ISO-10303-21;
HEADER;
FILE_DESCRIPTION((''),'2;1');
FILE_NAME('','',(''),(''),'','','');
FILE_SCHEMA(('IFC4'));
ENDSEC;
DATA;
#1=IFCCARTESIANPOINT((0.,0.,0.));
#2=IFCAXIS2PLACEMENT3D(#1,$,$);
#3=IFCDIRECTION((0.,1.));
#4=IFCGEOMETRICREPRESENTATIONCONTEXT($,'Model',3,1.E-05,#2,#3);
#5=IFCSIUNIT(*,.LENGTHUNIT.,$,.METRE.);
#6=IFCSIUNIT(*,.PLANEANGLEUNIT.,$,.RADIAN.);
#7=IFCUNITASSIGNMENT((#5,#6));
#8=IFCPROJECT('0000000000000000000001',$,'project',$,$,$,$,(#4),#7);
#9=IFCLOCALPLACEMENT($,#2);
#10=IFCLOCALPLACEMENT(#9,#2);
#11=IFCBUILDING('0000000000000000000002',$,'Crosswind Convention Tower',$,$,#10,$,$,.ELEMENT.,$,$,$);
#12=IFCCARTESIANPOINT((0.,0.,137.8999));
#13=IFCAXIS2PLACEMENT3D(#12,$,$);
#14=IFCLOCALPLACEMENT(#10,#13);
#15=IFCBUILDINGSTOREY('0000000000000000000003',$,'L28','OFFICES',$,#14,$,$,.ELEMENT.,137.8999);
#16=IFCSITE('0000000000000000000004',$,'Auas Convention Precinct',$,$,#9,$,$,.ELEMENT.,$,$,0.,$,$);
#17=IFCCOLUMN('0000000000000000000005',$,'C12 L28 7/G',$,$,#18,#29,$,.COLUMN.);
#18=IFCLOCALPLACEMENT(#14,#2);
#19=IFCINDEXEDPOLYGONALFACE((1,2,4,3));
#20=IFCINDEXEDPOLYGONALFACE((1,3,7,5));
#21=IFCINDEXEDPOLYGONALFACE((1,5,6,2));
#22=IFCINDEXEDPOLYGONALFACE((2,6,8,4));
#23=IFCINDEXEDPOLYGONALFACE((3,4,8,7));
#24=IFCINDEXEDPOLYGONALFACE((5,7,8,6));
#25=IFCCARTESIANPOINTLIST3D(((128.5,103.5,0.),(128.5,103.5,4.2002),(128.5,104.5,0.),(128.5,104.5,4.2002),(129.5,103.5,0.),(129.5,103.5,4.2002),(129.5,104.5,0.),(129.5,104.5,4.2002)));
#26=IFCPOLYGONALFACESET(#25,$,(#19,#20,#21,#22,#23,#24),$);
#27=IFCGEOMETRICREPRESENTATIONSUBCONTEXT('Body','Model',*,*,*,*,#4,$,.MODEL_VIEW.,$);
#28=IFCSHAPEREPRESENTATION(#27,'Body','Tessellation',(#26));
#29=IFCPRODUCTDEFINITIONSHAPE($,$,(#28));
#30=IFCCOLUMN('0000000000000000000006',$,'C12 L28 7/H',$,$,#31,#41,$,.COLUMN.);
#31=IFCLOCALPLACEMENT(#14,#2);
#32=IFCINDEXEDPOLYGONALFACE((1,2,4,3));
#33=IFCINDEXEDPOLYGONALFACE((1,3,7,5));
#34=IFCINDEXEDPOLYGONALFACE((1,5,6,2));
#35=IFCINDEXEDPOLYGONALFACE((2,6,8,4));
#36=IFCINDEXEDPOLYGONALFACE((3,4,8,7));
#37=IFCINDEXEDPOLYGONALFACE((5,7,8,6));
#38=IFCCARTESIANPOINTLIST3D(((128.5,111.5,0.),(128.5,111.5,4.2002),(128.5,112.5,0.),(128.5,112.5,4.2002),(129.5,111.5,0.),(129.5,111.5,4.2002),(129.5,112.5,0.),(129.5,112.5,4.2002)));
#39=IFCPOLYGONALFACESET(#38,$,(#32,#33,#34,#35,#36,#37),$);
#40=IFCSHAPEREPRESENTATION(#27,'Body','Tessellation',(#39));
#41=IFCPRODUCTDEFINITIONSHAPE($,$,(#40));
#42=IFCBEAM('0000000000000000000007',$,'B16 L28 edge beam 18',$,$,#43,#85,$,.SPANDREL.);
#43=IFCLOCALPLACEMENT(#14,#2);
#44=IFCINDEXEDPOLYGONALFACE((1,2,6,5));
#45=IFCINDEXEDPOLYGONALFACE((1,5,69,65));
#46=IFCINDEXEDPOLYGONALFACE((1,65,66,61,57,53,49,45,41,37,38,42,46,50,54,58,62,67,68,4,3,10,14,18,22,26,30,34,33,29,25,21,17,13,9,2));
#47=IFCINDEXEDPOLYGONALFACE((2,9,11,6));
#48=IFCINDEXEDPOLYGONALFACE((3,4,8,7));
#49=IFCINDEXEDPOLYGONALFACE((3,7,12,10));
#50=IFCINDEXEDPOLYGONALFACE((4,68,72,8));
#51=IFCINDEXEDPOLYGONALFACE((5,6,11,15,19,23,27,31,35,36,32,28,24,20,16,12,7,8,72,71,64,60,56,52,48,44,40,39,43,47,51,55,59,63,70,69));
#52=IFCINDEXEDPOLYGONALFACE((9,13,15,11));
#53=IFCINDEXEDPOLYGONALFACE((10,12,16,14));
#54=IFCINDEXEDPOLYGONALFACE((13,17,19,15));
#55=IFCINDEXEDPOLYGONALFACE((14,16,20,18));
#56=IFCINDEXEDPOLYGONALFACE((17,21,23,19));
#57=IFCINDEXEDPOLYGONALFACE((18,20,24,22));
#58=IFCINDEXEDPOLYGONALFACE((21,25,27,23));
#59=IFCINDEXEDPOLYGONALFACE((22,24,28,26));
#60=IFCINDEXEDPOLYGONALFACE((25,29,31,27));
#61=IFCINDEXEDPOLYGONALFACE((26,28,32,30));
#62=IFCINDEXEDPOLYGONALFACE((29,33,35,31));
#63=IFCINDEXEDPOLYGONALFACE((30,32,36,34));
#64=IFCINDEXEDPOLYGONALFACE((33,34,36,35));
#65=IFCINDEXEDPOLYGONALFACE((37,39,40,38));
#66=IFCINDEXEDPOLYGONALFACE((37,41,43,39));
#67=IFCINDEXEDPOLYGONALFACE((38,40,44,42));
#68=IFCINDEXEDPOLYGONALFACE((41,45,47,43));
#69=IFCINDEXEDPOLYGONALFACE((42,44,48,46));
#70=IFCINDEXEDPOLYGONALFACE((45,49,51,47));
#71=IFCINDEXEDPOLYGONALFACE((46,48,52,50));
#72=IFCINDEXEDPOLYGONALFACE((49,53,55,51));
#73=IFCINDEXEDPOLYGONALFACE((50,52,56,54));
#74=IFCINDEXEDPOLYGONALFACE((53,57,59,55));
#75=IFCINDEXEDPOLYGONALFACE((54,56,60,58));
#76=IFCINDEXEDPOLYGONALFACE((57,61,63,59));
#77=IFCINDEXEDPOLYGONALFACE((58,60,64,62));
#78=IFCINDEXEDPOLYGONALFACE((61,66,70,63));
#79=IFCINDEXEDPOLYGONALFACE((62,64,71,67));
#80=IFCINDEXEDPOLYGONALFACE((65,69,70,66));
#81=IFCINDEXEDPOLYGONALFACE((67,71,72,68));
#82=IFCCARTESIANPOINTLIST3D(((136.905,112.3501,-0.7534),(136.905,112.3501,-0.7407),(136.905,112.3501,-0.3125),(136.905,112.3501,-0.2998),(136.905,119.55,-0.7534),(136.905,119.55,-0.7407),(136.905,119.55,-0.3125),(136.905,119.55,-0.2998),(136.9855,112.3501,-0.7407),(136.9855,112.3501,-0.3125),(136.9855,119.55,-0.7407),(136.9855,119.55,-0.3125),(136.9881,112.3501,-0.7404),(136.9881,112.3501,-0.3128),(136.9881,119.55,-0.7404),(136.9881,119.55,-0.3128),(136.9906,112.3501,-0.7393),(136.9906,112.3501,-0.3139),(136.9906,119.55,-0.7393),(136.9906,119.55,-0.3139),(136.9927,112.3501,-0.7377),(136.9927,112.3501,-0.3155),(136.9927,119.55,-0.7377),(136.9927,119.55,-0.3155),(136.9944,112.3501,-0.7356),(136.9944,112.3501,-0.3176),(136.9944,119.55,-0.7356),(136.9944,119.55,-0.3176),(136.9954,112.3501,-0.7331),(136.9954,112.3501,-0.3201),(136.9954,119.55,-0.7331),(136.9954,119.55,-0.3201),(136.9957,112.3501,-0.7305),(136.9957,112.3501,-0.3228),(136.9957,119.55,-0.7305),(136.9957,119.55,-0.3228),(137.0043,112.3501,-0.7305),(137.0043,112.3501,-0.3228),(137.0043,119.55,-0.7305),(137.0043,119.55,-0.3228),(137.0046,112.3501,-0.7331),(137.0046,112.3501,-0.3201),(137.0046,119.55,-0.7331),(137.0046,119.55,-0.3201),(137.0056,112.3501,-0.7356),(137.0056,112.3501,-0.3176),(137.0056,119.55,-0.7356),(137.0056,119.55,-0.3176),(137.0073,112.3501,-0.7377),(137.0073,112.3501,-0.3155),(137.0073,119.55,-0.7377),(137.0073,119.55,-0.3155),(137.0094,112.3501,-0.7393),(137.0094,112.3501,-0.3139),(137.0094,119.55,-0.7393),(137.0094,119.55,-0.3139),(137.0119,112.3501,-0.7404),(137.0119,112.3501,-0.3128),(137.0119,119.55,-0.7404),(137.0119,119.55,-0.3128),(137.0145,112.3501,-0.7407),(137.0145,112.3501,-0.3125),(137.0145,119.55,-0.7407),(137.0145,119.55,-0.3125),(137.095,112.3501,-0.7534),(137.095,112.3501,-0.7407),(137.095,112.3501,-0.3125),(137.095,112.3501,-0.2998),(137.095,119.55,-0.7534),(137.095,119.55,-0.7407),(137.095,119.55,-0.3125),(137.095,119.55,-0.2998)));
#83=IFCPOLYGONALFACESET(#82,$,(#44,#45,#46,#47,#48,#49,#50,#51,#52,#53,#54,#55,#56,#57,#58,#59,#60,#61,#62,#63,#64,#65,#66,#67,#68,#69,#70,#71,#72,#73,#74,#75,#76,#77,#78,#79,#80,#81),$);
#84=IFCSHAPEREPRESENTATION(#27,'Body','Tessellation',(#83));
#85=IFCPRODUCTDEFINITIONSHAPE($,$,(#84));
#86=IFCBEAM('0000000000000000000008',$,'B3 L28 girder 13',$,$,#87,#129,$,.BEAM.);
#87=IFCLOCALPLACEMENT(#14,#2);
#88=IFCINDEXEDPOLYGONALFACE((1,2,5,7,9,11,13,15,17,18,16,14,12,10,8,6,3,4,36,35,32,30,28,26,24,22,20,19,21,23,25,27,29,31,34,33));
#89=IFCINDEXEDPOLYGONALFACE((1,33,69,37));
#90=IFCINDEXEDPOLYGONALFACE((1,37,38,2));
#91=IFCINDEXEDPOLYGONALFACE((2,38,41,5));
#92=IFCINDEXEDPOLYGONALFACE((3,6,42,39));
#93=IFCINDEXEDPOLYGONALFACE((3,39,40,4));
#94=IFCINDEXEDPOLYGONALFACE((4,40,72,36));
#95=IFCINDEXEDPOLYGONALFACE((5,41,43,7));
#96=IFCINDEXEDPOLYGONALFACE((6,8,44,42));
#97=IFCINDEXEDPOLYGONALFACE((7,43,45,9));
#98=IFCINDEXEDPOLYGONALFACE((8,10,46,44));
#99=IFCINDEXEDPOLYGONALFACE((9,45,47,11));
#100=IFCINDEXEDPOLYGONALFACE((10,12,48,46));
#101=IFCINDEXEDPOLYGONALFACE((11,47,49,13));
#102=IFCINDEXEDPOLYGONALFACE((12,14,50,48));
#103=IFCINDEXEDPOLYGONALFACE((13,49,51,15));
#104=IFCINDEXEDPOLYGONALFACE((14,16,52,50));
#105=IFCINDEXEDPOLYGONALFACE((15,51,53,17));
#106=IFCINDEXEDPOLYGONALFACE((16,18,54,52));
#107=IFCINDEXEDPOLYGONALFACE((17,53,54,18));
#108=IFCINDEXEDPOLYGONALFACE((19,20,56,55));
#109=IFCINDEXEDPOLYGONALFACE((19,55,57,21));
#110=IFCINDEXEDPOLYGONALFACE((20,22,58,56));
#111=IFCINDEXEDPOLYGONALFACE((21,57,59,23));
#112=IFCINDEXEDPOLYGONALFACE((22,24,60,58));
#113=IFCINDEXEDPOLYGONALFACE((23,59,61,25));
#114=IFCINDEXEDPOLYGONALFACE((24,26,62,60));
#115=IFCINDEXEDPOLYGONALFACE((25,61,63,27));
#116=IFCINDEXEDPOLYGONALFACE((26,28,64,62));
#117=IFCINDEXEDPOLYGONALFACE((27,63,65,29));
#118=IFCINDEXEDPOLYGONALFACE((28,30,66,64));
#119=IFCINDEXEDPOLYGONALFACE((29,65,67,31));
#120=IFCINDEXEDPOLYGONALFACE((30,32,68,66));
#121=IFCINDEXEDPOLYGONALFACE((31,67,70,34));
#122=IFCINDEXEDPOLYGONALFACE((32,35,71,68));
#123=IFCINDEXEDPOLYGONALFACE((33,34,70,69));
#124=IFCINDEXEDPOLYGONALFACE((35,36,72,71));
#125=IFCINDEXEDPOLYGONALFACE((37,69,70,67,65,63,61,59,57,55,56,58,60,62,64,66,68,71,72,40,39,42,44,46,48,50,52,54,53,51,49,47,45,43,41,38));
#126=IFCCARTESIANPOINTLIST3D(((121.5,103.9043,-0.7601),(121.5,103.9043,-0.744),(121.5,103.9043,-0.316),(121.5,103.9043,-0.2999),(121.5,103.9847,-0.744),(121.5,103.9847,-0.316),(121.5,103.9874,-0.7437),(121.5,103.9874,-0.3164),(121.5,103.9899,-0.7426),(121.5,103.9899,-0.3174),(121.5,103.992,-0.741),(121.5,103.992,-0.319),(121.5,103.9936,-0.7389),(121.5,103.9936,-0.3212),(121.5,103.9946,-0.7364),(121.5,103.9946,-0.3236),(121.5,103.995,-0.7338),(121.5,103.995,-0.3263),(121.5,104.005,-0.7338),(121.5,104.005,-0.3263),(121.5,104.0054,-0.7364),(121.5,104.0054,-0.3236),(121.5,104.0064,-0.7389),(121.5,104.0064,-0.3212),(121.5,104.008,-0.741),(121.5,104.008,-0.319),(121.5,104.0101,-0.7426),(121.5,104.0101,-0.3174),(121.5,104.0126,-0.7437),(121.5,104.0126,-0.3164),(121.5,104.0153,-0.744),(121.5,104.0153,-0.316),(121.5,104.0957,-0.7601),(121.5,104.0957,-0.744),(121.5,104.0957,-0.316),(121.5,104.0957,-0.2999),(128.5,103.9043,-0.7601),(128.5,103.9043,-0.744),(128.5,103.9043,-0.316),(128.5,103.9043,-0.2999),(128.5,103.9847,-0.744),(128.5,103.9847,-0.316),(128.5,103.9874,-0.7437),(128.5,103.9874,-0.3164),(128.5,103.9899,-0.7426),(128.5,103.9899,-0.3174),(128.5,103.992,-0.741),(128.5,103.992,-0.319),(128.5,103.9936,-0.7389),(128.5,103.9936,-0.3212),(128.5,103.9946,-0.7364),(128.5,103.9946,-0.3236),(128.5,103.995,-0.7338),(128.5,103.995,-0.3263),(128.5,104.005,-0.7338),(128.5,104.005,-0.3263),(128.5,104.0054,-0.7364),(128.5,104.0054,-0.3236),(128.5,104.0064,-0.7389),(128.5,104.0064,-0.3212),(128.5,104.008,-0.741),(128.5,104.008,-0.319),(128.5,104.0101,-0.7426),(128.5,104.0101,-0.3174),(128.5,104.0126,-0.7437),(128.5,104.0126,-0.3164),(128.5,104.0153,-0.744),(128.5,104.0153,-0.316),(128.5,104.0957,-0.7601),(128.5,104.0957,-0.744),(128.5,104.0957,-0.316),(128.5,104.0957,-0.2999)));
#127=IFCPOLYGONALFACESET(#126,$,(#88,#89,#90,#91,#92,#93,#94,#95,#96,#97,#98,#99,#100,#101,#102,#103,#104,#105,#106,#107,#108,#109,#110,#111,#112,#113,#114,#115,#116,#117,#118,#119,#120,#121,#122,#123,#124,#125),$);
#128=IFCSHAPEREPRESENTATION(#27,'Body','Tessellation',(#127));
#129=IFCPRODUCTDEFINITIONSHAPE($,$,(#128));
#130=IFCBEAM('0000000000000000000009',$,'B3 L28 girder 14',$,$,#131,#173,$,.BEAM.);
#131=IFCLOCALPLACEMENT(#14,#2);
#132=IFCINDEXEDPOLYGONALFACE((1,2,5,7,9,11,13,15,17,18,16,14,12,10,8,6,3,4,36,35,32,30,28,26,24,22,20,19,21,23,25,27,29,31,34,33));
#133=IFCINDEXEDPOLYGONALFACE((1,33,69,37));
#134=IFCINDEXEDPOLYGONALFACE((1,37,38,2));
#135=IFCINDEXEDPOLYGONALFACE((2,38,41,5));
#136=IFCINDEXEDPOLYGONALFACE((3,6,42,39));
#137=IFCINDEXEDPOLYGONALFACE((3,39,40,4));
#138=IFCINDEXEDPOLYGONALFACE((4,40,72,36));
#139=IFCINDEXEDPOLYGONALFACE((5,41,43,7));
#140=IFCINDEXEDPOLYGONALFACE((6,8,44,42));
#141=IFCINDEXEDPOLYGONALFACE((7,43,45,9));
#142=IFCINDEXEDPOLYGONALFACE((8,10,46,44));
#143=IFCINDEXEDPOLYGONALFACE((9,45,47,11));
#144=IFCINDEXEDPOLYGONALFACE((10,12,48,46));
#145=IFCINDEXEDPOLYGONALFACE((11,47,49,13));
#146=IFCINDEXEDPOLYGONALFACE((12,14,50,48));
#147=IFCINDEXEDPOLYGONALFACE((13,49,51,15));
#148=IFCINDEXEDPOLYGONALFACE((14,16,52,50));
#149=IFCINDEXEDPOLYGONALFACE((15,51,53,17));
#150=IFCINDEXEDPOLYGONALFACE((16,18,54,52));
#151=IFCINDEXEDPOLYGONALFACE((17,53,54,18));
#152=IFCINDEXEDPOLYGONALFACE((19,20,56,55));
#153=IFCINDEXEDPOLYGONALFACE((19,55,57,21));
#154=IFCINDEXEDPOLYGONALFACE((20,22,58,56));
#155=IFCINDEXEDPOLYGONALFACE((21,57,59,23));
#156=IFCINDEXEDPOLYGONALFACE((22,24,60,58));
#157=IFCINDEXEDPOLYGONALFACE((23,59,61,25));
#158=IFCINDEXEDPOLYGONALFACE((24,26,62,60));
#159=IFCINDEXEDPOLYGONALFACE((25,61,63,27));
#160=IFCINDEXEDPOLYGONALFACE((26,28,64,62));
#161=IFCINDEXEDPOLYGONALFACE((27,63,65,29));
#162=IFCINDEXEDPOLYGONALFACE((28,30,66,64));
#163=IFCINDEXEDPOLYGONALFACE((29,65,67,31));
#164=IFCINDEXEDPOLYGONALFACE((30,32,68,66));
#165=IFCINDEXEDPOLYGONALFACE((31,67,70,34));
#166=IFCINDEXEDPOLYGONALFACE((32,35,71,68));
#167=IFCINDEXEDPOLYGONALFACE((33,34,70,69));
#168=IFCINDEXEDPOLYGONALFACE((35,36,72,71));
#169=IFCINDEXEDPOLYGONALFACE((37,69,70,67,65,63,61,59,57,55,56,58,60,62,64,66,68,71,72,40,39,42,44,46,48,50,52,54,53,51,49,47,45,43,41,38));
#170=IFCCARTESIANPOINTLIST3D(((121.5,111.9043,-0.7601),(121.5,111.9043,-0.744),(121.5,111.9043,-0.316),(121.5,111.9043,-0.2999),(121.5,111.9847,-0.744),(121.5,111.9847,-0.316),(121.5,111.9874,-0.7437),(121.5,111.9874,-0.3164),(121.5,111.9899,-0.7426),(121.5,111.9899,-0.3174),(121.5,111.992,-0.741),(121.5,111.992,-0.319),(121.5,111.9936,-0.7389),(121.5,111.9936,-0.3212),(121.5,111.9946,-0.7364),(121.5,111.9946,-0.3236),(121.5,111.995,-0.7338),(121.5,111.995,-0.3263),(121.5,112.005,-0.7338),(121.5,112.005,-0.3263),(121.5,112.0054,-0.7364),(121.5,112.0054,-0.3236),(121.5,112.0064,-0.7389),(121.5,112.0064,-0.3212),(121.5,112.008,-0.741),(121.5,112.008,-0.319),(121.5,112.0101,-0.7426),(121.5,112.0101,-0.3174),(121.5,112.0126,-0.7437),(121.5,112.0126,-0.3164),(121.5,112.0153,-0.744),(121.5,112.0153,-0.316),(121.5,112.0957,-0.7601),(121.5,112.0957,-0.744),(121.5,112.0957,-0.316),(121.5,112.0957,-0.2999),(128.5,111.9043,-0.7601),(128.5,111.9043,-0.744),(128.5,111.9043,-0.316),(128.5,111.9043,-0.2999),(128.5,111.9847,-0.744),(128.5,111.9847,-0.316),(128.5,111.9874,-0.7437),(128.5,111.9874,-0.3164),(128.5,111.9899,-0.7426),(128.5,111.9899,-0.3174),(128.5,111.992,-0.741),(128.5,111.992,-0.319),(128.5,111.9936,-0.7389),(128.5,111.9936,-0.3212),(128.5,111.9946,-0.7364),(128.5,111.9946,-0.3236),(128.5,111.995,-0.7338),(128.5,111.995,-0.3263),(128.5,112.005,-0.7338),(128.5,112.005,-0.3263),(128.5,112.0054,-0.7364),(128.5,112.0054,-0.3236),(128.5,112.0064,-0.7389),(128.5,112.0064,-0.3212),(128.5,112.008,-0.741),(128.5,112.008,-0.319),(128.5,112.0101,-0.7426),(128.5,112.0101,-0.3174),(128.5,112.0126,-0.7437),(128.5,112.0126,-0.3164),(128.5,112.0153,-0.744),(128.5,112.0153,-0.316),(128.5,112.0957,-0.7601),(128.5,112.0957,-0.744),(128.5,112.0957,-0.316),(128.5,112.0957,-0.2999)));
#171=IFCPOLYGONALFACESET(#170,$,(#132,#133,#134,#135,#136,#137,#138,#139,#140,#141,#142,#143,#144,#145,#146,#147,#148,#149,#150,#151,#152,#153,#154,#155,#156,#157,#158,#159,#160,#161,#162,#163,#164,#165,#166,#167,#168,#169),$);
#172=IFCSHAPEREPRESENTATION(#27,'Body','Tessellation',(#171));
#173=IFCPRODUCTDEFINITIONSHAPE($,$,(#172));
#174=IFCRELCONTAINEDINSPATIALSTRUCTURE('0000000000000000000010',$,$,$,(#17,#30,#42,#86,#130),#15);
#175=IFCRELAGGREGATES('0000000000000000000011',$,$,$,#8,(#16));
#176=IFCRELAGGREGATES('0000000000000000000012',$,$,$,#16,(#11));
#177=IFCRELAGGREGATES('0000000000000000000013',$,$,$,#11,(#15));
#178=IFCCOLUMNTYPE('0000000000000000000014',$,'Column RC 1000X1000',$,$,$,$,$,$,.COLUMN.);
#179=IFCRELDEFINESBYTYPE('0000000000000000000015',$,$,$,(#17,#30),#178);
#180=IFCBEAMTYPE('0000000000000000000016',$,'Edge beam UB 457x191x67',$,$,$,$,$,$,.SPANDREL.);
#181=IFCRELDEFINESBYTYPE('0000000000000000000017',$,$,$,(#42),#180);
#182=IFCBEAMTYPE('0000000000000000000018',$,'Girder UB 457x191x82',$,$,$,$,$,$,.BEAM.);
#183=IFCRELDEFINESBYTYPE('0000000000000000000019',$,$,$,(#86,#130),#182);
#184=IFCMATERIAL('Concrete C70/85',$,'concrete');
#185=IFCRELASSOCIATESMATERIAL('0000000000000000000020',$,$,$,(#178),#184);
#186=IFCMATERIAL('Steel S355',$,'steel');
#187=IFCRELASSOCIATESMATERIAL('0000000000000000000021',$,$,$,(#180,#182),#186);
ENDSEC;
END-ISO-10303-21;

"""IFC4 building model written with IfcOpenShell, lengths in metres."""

from ifc_helpers import new_model, si_unit, direction, frame, origin, origin_2d, place, context, subcontext, project, spatial, rectangle, i_section, extrude, material, material_profile, profile_set, type_object, element, save


model = new_model("IFC4")

# Units and contexts
model_context = context("Model", 3, precision=1e-05, world=origin(), true_north=direction((0.0, 1.0)))
body_context = subcontext(model_context, "Body", "Model", "MODEL_VIEW")
ifc_project = project(units=[si_unit("LENGTHUNIT", "METRE"), si_unit("PLANEANGLEUNIT", "RADIAN")], contexts=[model_context])

# Site, building, storey
site_placement = place(None, origin())
site = spatial("IfcSite", under=ifc_project, at=site_placement, Name="Auas Convention Precinct", CompositionType="ELEMENT", RefElevation=0.0)
building_placement = place(site_placement, origin())
building = spatial("IfcBuilding", under=site, at=building_placement, Name="Crosswind Convention Tower", CompositionType="ELEMENT")
storey_placement = place(building_placement, frame((0.0, 0.0, 137.8999)))
storey = spatial("IfcBuildingStorey", under=building, at=storey_placement, Name="L28", Description="OFFICES", CompositionType="ELEMENT", Elevation=137.8999)

# Columns
ifc_material_1 = material(Name="Concrete C70/85", Category="concrete")
ifc_material_profile_1 = material_profile(ifc_material_1, rectangle(XDim=1.0, YDim=1.0, at=origin_2d()), Name="RC 1000X1000")
ifc_profile_set_1 = profile_set([ifc_material_profile_1], Name="Concrete C70/85")
column_type = type_object("IfcColumnType", Name="Column RC 1000X1000", PredefinedType="COLUMN", material=ifc_profile_set_1)
for number, where, z_axis, x_axis, name in (
    (1, (129.0, 104.0, 0.0), (0.0, 0.0, 1.0), (1.0, 0.0, 0.0), "C12 L28 7/G"),
    (2, (129.0, 112.0, 0.0), (0.0, 0.0, 1.0), (1.0, 0.0, 0.0), "C12 L28 7/H"),
):
    element("IfcColumn", number, at=place(storey_placement, frame(where, z_axis=z_axis, x_axis=x_axis)), inside=storey, type_object=column_type, Name=name, PredefinedType="COLUMN", context=body_context, shape_type="SweptSolid", body=[
        extrude(rectangle(XDim=1.0, YDim=1.0, at=origin_2d()), origin(), (0.0, 0.0, 1.0), 4.2002),
    ])

# Beams
ifc_material_2 = material(Name="Steel S355", Category="steel")
ifc_material_profile_2 = material_profile(ifc_material_2, i_section(OverallWidth=0.1899, OverallDepth=0.4536, WebThickness=0.0085, FlangeThickness=0.0127, FilletRadius=0.0103, at=origin_2d()), Name="UB 457x191x67")
ifc_profile_set_2 = profile_set([ifc_material_profile_2], Name="Steel S355")
beam_type_1 = type_object("IfcBeamType", Name="Edge beam UB 457x191x67", PredefinedType="SPANDREL", material=ifc_profile_set_2)
beam_1_placement = place(storey_placement, frame((137.0, 112.3501, -0.5266), z_axis=(0.0, 1.0, 0.0), x_axis=(-1.0, 0.0, 0.0)))
element("IfcBeam", 3, at=beam_1_placement, inside=storey, type_object=beam_type_1, Name="B16 L28 edge beam 18", PredefinedType="SPANDREL", context=body_context, shape_type="SweptSolid", body=[
    extrude(i_section(OverallWidth=0.1899, OverallDepth=0.4536, WebThickness=0.0085, FlangeThickness=0.0127, FilletRadius=0.0103, at=origin_2d()), origin(), (0.0, 0.0, 1.0), 7.2),
])
ifc_material_profile_3 = material_profile(ifc_material_2, i_section(OverallWidth=0.1914, OverallDepth=0.4602, WebThickness=0.01, FlangeThickness=0.0161, FilletRadius=0.0103, at=origin_2d()), Name="UB 457x191x82")
ifc_profile_set_3 = profile_set([ifc_material_profile_3], Name="Steel S355")
beam_type_2 = type_object("IfcBeamType", Name="Girder UB 457x191x82", PredefinedType="BEAM", material=ifc_profile_set_3)
for number, where, z_axis, x_axis, name in (
    (4, (121.5, 104.0, -0.53), (1.0, 0.0, 0.0), (0.0, 1.0, 0.0), "B3 L28 girder 13"),
    (5, (121.5, 112.0, -0.53), (1.0, 0.0, 0.0), (0.0, 1.0, 0.0), "B3 L28 girder 14"),
):
    element("IfcBeam", number, at=place(storey_placement, frame(where, z_axis=z_axis, x_axis=x_axis)), inside=storey, type_object=beam_type_2, Name=name, PredefinedType="BEAM", context=body_context, shape_type="SweptSolid", body=[
        extrude(i_section(OverallWidth=0.1914, OverallDepth=0.4602, WebThickness=0.01, FlangeThickness=0.0161, FilletRadius=0.0103, at=origin_2d()), origin(), (0.0, 0.0, 1.0), 7.0),
    ])

save(model, "model.ifc")
